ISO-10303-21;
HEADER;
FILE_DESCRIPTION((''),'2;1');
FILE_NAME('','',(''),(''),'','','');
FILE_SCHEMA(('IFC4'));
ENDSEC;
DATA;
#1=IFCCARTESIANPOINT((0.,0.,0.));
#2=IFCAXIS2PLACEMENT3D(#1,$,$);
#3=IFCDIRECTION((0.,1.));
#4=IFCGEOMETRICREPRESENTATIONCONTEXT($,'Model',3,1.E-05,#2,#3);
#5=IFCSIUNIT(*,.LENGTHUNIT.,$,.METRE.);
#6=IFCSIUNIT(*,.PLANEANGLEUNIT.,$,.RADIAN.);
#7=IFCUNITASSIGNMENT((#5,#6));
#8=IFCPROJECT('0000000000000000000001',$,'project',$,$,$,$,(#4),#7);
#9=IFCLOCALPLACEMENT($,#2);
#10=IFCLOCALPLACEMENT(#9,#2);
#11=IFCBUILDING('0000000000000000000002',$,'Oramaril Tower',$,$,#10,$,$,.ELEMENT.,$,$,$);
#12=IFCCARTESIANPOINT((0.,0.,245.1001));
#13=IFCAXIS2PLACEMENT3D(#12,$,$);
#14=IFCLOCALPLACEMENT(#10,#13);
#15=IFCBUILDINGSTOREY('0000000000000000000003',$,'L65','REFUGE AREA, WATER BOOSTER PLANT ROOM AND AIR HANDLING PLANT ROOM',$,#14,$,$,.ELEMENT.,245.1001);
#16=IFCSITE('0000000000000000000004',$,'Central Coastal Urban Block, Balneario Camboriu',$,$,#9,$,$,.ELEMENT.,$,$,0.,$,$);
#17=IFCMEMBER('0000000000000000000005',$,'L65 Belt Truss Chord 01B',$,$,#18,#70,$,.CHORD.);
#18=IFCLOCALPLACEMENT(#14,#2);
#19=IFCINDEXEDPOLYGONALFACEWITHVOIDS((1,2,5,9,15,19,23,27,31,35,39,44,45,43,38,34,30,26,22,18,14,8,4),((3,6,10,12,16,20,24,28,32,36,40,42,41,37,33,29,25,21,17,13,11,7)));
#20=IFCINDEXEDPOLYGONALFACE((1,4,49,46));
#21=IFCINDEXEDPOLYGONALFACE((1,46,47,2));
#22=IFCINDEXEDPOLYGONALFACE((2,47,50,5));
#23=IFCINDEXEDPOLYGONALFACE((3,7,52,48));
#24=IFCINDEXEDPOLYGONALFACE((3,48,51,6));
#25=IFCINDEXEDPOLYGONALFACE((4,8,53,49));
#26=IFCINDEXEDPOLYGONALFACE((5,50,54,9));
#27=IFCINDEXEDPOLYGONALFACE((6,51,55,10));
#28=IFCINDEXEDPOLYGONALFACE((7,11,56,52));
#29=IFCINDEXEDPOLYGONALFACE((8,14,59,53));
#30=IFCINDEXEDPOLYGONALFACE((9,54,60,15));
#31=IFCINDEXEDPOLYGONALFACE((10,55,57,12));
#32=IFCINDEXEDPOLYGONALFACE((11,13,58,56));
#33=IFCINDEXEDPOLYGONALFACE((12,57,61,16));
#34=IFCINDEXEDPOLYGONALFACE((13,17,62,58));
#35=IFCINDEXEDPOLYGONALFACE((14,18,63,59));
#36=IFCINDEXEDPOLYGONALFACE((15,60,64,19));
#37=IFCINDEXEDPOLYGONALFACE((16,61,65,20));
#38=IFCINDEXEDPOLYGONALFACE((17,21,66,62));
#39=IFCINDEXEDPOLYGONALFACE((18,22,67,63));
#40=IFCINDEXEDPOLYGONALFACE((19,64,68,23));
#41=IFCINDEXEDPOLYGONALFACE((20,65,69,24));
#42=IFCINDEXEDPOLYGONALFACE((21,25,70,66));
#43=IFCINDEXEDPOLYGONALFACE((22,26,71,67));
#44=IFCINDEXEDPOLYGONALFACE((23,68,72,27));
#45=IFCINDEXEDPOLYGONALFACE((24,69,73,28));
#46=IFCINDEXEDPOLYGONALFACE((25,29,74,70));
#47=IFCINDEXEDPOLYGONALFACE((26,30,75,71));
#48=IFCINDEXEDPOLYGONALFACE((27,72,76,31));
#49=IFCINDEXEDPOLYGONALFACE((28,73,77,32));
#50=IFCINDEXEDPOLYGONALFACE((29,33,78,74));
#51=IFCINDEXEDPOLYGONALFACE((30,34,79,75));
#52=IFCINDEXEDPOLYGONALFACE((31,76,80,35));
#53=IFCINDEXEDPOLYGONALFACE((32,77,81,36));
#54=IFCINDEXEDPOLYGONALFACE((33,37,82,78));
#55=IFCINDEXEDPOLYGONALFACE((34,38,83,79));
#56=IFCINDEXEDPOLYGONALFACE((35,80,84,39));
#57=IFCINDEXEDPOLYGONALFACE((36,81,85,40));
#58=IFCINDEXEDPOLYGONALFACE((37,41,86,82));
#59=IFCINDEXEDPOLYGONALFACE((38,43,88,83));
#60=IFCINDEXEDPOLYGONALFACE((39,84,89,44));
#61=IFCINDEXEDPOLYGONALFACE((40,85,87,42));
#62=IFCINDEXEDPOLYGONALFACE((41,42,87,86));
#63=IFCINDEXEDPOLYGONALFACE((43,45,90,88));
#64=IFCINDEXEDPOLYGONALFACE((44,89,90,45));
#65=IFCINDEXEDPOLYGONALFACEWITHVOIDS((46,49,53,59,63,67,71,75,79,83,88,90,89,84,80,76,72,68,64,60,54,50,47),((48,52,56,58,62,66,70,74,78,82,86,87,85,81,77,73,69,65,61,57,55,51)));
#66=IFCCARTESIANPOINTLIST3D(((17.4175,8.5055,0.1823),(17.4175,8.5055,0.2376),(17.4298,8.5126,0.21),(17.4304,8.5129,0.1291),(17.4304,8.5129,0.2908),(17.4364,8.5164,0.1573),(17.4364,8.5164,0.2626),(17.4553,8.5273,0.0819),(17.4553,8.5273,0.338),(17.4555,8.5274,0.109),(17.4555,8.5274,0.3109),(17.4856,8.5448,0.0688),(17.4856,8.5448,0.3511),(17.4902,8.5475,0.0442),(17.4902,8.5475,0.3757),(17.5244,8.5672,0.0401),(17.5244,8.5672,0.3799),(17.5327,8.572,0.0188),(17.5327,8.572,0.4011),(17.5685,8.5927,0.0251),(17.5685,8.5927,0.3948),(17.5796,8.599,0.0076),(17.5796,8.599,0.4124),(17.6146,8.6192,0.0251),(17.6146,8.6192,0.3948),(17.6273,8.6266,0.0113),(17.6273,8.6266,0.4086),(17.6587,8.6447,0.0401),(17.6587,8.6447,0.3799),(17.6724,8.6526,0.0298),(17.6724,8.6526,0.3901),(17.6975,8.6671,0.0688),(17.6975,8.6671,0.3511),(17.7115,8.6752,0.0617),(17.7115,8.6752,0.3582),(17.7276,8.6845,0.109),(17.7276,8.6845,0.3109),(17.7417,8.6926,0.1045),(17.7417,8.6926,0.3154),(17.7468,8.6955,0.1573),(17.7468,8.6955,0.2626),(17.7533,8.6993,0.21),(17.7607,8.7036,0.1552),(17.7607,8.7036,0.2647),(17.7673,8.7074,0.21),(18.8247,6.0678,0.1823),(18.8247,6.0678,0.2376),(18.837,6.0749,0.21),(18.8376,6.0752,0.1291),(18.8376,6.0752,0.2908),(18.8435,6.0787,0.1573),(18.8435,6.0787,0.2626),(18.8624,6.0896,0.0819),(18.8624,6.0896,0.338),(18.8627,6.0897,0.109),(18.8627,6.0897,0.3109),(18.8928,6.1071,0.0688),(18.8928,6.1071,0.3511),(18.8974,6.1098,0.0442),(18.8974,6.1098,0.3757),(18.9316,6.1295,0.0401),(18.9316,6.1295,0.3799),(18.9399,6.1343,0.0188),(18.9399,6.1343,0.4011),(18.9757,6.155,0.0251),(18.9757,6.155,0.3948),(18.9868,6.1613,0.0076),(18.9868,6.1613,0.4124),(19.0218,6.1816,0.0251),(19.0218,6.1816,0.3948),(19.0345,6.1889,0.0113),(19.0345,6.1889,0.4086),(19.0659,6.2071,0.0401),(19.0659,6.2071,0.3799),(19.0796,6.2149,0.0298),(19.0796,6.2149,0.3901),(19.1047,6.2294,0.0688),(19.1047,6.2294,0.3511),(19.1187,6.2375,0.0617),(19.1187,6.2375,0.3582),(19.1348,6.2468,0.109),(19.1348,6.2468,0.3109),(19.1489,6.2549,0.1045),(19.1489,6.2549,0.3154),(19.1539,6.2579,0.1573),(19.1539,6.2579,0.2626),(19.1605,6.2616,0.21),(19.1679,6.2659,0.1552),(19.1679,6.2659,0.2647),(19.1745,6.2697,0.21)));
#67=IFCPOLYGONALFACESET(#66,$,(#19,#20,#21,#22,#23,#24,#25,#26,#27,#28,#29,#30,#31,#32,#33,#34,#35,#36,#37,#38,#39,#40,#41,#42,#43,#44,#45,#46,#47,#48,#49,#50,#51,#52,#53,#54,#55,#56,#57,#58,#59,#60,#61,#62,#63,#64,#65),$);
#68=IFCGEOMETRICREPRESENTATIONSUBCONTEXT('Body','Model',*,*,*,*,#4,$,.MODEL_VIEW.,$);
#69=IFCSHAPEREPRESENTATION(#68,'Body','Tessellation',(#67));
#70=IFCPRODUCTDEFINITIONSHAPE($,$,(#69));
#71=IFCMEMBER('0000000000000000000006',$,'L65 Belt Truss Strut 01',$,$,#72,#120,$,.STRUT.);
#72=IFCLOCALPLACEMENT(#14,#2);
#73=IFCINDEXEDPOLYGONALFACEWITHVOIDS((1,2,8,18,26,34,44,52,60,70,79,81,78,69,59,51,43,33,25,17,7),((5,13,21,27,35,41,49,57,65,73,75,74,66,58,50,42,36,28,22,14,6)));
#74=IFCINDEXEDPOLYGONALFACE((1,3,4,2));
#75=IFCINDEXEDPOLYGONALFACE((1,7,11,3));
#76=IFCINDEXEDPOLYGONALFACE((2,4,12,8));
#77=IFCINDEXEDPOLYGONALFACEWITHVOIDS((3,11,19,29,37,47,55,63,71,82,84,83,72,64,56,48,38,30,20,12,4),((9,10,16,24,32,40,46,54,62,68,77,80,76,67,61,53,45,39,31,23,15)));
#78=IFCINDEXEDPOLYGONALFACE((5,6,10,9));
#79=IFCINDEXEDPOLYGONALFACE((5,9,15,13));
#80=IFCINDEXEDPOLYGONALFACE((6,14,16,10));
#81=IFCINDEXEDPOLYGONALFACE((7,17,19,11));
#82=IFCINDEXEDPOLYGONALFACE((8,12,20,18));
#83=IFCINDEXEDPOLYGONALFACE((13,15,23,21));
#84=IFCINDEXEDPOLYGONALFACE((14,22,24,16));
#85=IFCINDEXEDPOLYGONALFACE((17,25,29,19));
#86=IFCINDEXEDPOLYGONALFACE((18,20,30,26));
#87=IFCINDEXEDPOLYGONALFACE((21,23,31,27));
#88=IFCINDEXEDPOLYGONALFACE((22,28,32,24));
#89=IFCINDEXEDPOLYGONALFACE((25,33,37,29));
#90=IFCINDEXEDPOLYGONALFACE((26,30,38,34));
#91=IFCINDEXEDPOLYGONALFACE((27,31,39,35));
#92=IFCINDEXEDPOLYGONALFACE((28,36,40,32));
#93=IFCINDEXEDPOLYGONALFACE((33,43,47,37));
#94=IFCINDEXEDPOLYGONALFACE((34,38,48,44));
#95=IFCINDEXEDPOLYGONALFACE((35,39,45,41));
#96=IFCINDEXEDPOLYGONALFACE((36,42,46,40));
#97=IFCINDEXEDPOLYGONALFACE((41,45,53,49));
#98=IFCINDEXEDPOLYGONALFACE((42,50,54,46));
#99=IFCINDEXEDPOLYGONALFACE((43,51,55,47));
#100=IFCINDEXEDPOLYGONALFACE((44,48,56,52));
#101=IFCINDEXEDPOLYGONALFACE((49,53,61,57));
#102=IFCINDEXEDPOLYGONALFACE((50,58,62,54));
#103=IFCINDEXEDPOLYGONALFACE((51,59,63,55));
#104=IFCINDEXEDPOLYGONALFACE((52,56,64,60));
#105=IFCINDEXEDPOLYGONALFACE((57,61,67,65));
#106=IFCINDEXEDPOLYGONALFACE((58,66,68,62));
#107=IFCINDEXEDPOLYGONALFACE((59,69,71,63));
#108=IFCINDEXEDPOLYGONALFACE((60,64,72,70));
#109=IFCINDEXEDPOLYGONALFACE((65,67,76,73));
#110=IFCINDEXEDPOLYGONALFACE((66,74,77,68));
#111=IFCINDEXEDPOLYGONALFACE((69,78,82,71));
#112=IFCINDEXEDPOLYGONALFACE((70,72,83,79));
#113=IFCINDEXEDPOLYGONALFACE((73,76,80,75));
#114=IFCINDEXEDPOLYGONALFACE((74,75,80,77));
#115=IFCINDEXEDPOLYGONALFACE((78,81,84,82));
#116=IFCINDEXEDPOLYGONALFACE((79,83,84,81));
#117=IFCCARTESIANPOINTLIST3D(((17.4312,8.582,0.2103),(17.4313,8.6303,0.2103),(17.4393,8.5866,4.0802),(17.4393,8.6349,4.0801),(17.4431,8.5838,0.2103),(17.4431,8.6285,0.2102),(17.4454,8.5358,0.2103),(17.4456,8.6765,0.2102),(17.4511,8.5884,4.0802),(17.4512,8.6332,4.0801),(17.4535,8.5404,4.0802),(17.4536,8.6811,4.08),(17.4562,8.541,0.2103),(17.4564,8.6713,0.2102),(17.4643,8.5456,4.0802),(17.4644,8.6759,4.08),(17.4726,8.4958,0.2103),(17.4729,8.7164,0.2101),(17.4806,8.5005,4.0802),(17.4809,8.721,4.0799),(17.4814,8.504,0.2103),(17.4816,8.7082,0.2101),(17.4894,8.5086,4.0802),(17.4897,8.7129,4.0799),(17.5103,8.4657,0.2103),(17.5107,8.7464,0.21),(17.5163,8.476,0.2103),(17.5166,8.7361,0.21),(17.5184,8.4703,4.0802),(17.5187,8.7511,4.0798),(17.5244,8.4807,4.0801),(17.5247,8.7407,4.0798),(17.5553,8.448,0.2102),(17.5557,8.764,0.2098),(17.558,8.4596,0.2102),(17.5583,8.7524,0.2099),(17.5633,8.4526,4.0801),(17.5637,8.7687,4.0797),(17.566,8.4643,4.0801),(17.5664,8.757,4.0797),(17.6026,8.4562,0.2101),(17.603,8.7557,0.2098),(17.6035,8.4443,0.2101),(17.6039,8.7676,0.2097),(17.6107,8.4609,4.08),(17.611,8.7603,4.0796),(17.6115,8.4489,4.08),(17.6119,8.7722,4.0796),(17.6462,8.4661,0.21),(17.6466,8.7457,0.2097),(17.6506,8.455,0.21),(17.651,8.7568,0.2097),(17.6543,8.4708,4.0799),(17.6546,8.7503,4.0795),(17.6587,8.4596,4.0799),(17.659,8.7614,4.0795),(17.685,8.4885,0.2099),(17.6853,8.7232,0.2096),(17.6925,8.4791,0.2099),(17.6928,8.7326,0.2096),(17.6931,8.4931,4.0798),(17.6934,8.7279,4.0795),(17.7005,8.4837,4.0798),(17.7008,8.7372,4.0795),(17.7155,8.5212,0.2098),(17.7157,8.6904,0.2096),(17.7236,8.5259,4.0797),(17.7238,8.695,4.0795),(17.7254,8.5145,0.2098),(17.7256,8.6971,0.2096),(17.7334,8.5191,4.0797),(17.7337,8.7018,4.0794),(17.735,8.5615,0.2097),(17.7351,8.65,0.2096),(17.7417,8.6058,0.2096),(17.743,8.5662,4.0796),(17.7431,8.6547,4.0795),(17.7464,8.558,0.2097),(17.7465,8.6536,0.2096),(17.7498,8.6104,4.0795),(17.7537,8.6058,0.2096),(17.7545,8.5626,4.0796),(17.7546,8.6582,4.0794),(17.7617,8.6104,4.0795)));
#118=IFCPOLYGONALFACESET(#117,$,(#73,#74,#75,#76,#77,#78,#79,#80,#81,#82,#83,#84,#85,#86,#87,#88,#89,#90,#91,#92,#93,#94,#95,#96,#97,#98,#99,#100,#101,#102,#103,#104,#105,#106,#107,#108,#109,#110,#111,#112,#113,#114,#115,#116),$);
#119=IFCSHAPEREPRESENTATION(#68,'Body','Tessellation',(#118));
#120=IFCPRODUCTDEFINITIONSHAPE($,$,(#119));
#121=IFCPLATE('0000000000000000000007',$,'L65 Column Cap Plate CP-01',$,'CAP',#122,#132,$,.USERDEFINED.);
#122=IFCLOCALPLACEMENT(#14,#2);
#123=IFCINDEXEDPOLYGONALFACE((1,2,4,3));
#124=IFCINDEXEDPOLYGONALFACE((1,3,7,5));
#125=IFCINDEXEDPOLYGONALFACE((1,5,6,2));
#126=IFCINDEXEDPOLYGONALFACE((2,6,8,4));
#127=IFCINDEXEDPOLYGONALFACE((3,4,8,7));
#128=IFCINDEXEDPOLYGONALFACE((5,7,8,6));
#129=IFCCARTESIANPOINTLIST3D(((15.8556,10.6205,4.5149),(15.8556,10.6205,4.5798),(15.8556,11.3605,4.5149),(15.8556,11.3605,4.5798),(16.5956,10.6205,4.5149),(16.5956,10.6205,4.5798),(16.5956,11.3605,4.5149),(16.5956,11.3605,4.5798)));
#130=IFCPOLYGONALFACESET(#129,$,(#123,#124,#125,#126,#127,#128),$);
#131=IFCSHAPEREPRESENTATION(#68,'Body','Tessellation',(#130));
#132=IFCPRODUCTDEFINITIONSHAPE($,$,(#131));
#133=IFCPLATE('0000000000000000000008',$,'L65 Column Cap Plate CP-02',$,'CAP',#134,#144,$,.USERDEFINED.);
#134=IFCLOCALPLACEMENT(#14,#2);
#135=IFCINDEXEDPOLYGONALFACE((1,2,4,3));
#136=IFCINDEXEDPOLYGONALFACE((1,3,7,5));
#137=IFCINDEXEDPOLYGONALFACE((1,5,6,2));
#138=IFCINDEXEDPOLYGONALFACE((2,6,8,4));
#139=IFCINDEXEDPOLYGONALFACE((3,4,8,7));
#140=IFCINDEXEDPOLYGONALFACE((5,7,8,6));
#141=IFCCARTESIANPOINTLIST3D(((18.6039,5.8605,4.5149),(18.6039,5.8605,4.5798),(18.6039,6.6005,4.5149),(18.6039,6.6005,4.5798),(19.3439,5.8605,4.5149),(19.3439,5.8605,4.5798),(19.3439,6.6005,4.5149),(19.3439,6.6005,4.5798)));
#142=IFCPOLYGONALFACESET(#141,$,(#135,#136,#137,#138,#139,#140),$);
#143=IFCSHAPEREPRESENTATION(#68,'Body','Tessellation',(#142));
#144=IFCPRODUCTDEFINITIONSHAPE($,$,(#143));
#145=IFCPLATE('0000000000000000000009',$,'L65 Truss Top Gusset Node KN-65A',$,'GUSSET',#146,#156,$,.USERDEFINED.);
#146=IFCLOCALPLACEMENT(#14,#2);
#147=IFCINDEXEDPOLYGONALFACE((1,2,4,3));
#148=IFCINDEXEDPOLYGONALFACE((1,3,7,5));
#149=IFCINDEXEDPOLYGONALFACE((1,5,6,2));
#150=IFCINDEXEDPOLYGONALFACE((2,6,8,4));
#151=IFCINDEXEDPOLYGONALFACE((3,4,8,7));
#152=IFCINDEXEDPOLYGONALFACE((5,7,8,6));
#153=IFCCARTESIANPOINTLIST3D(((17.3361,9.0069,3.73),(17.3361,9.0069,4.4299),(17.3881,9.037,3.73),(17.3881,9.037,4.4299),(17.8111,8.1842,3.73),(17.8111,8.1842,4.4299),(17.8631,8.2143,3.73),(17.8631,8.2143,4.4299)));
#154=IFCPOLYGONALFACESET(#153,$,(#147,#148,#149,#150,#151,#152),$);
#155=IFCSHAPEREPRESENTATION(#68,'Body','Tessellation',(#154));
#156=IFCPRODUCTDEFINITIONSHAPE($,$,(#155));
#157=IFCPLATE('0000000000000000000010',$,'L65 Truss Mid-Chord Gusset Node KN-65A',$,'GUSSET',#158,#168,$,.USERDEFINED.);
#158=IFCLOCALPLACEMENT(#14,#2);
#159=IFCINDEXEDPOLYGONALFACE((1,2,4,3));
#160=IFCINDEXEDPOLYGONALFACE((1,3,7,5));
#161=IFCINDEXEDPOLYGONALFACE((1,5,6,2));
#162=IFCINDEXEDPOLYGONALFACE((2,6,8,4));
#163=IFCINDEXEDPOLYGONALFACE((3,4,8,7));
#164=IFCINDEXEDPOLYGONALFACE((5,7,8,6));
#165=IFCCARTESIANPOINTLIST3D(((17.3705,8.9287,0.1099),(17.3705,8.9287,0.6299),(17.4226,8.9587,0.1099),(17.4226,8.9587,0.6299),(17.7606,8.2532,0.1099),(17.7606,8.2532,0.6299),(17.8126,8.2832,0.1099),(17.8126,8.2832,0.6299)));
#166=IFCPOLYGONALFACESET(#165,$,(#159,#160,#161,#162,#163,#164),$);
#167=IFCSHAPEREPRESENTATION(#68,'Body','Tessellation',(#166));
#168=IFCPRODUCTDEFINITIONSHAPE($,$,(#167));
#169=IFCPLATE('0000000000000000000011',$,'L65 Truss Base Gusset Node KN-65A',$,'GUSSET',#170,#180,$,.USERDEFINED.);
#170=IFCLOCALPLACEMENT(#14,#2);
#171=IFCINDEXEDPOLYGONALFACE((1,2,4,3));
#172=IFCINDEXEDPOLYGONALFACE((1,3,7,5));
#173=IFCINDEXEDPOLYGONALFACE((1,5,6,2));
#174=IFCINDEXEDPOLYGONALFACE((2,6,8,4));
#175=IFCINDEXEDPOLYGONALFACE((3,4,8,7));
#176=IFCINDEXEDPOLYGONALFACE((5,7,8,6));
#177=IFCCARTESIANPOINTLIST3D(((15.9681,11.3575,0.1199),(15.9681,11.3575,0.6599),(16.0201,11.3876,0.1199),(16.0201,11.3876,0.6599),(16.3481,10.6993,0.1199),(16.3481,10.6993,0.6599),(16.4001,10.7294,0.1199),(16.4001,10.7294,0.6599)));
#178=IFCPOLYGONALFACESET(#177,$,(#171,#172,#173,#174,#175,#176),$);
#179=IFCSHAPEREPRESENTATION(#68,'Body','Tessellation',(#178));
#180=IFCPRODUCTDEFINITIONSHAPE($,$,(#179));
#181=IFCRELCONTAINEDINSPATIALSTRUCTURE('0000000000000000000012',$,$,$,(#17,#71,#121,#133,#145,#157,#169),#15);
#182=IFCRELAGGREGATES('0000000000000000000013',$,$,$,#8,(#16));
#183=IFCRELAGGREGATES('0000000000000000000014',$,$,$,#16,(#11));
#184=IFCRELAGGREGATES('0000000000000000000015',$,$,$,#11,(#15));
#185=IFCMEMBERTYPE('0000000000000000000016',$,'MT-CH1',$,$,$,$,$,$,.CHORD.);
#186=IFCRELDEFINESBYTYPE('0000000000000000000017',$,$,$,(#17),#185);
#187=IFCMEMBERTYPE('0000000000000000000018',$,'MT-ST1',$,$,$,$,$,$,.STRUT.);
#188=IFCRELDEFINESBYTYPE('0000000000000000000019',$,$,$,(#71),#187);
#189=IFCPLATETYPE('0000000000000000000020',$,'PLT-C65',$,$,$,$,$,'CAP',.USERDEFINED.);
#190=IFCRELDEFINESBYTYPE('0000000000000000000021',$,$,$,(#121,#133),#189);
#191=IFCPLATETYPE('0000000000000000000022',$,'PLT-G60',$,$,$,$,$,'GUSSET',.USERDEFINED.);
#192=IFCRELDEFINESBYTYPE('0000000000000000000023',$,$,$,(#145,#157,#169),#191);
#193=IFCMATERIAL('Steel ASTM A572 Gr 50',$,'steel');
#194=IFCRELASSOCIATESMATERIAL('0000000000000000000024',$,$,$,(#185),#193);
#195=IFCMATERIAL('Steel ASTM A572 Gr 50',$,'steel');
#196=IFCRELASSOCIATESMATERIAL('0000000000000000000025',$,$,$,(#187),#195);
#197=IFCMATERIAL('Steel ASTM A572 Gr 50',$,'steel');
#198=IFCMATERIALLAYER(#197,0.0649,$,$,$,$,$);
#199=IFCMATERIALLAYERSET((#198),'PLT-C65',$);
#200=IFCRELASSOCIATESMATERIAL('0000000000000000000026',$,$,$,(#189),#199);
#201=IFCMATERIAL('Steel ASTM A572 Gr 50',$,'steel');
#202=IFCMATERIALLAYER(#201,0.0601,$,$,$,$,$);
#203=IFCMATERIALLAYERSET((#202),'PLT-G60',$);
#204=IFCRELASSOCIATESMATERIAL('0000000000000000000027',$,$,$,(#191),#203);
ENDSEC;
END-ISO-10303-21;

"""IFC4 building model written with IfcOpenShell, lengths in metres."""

from ifc_helpers import new_model, si_unit, direction, frame, origin, origin_2d, place, context, subcontext, project, spatial, rectangle, hollow_circle, extrude, material, layer, layer_set, material_profile, profile_set, type_object, element, save


model = new_model("IFC4")

# Units and contexts
model_context = context("Model", 3, precision=1e-05, world=origin(), true_north=direction((0.0, 1.0)))
body_context = subcontext(model_context, "Body", "Model", "MODEL_VIEW")
ifc_project = project(units=[si_unit("LENGTHUNIT", "METRE"), si_unit("PLANEANGLEUNIT", "RADIAN")], contexts=[model_context])

# Site, building, storey
site_placement = place(None, origin())
site = spatial("IfcSite", under=ifc_project, at=site_placement, Name="Central Coastal Urban Block, Balneario Camboriu", CompositionType="ELEMENT", RefElevation=0.0)
building_placement = place(site_placement, origin())
building = spatial("IfcBuilding", under=site, at=building_placement, Name="Oramaril Tower", CompositionType="ELEMENT")
storey_placement = place(building_placement, frame((0.0, 0.0, 245.1001)))
storey = spatial("IfcBuildingStorey", under=building, at=storey_placement, Name="L65", Description="REFUGE AREA, WATER BOOSTER PLANT ROOM AND AIR HANDLING PLANT ROOM", CompositionType="ELEMENT", Elevation=245.1001)

# Members
ifc_material_1 = material(Name="Steel ASTM A572 Gr 50", Category="steel")
ifc_material_profile_1 = material_profile(ifc_material_1, hollow_circle(Radius=0.2029, WallThickness=0.0161, at=origin_2d()), Name="CHS406X16")
ifc_profile_set_1 = profile_set([ifc_material_profile_1], Name="Steel ASTM A572 Gr 50")
member_type_1 = type_object("IfcMemberType", Name="MT-CH1", PredefinedType="CHORD", material=ifc_profile_set_1)
for number, where, z_axis, x_axis, name in (
    (1, (17.5916, 8.606, 0.21), (0.499945, -0.866057, 0.0), (0.866057, 0.499945, 0.0), "L65 Belt Truss Chord 01B"),
):
    element("IfcMember", number, at=place(storey_placement, frame(where, z_axis=z_axis, x_axis=x_axis)), inside=storey, type_object=member_type_1, Name=name, PredefinedType="CHORD", context=body_context, shape_type="SweptSolid", body=[
        extrude(hollow_circle(Radius=0.2029, WallThickness=0.0161, at=origin_2d()), origin(), (0.0, 0.0, 1.0), 2.8147),
    ])
ifc_material_2 = material(Name="Steel ASTM A572 Gr 50", Category="steel")
ifc_material_profile_2 = material_profile(ifc_material_2, hollow_circle(Radius=0.1621, WallThickness=0.012, at=origin_2d()), Name="CHS324X12")
ifc_profile_set_2 = profile_set([ifc_material_profile_2], Name="Steel ASTM A572 Gr 50")
member_type_2 = type_object("IfcMemberType", Name="MT-ST1", PredefinedType="STRUT", material=ifc_profile_set_2)
member_1_placement = place(storey_placement, frame((17.5916, 8.606, 0.21), z_axis=(0.002082, 0.001199, 0.999997), x_axis=(-0.498964, 0.866622, 0.0)))
element("IfcMember", 2, at=member_1_placement, inside=storey, type_object=member_type_2, Name="L65 Belt Truss Strut 01", PredefinedType="STRUT", context=body_context, shape_type="SweptSolid", body=[
    extrude(hollow_circle(Radius=0.1621, WallThickness=0.012, at=origin_2d()), origin(), (0.0, 0.0, 1.0), 3.8699),
])

# Plates
ifc_material_3 = material(Name="Steel ASTM A572 Gr 50", Category="steel")
ifc_layer_1 = layer(ifc_material_3, 0.0649)
ifc_layer_set_1 = layer_set([ifc_layer_1], Name="PLT-C65")
plate_type_1 = type_object("IfcPlateType", Name="PLT-C65", ElementType="CAP", PredefinedType="USERDEFINED", material=ifc_layer_set_1)
for number, where, z_axis, x_axis, name in (
    (3, (16.2256, 10.9905, 4.5149), (0.0, 0.0, 1.0), (1.0, 0.0, 0.0), "L65 Column Cap Plate CP-01"),
    (4, (18.9739, 6.2305, 4.5149), (0.0, 0.0, 1.0), (1.0, 0.0, 0.0), "L65 Column Cap Plate CP-02"),
):
    element("IfcPlate", number, at=place(storey_placement, frame(where, z_axis=z_axis, x_axis=x_axis)), inside=storey, type_object=plate_type_1, Name=name, ObjectType="CAP", PredefinedType="USERDEFINED", context=body_context, shape_type="SweptSolid", body=[
        extrude(rectangle(XDim=0.74, YDim=0.74, at=origin_2d()), origin(), (0.0, 0.0, 1.0), 0.0649),
    ])
ifc_material_4 = material(Name="Steel ASTM A572 Gr 50", Category="steel")
ifc_layer_2 = layer(ifc_material_4, 0.0601)
ifc_layer_set_2 = layer_set([ifc_layer_2], Name="PLT-G60")
plate_type_2 = type_object("IfcPlateType", Name="PLT-G60", ElementType="GUSSET", PredefinedType="USERDEFINED", material=ifc_layer_set_2)
plate_1_placement = place(storey_placement, frame((17.5996, 8.6106, 3.73), z_axis=(0.0, 0.0, 1.0), x_axis=(0.499992, -0.86603, 0.0)))
element("IfcPlate", 5, at=plate_1_placement, inside=storey, type_object=plate_type_2, Name="L65 Truss Top Gusset Node KN-65A", ObjectType="GUSSET", PredefinedType="USERDEFINED", context=body_context, shape_type="SweptSolid", body=[
    extrude(rectangle(XDim=0.95, YDim=0.0601, at=origin_2d()), origin(), (0.0, 0.0, 1.0), 0.7),
])
plate_2_placement = place(storey_placement, frame((17.5916, 8.606, 0.1099), z_axis=(0.0, 0.0, 1.0), x_axis=(0.499992, -0.86603, 0.0)))
element("IfcPlate", 6, at=plate_2_placement, inside=storey, type_object=plate_type_2, Name="L65 Truss Mid-Chord Gusset Node KN-65A", ObjectType="GUSSET", PredefinedType="USERDEFINED", context=body_context, shape_type="SweptSolid", body=[
    extrude(rectangle(XDim=0.78, YDim=0.0601, at=origin_2d()), origin(), (0.0, 0.0, 1.0), 0.52),
])
plate_3_placement = place(storey_placement, frame((16.1841, 11.0435, 0.1199), z_axis=(0.0, 0.0, 1.0), x_axis=(0.499992, -0.86603, 0.0)))
element("IfcPlate", 7, at=plate_3_placement, inside=storey, type_object=plate_type_2, Name="L65 Truss Base Gusset Node KN-65A", ObjectType="GUSSET", PredefinedType="USERDEFINED", context=body_context, shape_type="SweptSolid", body=[
    extrude(rectangle(XDim=0.76, YDim=0.0601, at=origin_2d()), origin(), (0.0, 0.0, 1.0), 0.54),
])

save(model, "model.ifc")
